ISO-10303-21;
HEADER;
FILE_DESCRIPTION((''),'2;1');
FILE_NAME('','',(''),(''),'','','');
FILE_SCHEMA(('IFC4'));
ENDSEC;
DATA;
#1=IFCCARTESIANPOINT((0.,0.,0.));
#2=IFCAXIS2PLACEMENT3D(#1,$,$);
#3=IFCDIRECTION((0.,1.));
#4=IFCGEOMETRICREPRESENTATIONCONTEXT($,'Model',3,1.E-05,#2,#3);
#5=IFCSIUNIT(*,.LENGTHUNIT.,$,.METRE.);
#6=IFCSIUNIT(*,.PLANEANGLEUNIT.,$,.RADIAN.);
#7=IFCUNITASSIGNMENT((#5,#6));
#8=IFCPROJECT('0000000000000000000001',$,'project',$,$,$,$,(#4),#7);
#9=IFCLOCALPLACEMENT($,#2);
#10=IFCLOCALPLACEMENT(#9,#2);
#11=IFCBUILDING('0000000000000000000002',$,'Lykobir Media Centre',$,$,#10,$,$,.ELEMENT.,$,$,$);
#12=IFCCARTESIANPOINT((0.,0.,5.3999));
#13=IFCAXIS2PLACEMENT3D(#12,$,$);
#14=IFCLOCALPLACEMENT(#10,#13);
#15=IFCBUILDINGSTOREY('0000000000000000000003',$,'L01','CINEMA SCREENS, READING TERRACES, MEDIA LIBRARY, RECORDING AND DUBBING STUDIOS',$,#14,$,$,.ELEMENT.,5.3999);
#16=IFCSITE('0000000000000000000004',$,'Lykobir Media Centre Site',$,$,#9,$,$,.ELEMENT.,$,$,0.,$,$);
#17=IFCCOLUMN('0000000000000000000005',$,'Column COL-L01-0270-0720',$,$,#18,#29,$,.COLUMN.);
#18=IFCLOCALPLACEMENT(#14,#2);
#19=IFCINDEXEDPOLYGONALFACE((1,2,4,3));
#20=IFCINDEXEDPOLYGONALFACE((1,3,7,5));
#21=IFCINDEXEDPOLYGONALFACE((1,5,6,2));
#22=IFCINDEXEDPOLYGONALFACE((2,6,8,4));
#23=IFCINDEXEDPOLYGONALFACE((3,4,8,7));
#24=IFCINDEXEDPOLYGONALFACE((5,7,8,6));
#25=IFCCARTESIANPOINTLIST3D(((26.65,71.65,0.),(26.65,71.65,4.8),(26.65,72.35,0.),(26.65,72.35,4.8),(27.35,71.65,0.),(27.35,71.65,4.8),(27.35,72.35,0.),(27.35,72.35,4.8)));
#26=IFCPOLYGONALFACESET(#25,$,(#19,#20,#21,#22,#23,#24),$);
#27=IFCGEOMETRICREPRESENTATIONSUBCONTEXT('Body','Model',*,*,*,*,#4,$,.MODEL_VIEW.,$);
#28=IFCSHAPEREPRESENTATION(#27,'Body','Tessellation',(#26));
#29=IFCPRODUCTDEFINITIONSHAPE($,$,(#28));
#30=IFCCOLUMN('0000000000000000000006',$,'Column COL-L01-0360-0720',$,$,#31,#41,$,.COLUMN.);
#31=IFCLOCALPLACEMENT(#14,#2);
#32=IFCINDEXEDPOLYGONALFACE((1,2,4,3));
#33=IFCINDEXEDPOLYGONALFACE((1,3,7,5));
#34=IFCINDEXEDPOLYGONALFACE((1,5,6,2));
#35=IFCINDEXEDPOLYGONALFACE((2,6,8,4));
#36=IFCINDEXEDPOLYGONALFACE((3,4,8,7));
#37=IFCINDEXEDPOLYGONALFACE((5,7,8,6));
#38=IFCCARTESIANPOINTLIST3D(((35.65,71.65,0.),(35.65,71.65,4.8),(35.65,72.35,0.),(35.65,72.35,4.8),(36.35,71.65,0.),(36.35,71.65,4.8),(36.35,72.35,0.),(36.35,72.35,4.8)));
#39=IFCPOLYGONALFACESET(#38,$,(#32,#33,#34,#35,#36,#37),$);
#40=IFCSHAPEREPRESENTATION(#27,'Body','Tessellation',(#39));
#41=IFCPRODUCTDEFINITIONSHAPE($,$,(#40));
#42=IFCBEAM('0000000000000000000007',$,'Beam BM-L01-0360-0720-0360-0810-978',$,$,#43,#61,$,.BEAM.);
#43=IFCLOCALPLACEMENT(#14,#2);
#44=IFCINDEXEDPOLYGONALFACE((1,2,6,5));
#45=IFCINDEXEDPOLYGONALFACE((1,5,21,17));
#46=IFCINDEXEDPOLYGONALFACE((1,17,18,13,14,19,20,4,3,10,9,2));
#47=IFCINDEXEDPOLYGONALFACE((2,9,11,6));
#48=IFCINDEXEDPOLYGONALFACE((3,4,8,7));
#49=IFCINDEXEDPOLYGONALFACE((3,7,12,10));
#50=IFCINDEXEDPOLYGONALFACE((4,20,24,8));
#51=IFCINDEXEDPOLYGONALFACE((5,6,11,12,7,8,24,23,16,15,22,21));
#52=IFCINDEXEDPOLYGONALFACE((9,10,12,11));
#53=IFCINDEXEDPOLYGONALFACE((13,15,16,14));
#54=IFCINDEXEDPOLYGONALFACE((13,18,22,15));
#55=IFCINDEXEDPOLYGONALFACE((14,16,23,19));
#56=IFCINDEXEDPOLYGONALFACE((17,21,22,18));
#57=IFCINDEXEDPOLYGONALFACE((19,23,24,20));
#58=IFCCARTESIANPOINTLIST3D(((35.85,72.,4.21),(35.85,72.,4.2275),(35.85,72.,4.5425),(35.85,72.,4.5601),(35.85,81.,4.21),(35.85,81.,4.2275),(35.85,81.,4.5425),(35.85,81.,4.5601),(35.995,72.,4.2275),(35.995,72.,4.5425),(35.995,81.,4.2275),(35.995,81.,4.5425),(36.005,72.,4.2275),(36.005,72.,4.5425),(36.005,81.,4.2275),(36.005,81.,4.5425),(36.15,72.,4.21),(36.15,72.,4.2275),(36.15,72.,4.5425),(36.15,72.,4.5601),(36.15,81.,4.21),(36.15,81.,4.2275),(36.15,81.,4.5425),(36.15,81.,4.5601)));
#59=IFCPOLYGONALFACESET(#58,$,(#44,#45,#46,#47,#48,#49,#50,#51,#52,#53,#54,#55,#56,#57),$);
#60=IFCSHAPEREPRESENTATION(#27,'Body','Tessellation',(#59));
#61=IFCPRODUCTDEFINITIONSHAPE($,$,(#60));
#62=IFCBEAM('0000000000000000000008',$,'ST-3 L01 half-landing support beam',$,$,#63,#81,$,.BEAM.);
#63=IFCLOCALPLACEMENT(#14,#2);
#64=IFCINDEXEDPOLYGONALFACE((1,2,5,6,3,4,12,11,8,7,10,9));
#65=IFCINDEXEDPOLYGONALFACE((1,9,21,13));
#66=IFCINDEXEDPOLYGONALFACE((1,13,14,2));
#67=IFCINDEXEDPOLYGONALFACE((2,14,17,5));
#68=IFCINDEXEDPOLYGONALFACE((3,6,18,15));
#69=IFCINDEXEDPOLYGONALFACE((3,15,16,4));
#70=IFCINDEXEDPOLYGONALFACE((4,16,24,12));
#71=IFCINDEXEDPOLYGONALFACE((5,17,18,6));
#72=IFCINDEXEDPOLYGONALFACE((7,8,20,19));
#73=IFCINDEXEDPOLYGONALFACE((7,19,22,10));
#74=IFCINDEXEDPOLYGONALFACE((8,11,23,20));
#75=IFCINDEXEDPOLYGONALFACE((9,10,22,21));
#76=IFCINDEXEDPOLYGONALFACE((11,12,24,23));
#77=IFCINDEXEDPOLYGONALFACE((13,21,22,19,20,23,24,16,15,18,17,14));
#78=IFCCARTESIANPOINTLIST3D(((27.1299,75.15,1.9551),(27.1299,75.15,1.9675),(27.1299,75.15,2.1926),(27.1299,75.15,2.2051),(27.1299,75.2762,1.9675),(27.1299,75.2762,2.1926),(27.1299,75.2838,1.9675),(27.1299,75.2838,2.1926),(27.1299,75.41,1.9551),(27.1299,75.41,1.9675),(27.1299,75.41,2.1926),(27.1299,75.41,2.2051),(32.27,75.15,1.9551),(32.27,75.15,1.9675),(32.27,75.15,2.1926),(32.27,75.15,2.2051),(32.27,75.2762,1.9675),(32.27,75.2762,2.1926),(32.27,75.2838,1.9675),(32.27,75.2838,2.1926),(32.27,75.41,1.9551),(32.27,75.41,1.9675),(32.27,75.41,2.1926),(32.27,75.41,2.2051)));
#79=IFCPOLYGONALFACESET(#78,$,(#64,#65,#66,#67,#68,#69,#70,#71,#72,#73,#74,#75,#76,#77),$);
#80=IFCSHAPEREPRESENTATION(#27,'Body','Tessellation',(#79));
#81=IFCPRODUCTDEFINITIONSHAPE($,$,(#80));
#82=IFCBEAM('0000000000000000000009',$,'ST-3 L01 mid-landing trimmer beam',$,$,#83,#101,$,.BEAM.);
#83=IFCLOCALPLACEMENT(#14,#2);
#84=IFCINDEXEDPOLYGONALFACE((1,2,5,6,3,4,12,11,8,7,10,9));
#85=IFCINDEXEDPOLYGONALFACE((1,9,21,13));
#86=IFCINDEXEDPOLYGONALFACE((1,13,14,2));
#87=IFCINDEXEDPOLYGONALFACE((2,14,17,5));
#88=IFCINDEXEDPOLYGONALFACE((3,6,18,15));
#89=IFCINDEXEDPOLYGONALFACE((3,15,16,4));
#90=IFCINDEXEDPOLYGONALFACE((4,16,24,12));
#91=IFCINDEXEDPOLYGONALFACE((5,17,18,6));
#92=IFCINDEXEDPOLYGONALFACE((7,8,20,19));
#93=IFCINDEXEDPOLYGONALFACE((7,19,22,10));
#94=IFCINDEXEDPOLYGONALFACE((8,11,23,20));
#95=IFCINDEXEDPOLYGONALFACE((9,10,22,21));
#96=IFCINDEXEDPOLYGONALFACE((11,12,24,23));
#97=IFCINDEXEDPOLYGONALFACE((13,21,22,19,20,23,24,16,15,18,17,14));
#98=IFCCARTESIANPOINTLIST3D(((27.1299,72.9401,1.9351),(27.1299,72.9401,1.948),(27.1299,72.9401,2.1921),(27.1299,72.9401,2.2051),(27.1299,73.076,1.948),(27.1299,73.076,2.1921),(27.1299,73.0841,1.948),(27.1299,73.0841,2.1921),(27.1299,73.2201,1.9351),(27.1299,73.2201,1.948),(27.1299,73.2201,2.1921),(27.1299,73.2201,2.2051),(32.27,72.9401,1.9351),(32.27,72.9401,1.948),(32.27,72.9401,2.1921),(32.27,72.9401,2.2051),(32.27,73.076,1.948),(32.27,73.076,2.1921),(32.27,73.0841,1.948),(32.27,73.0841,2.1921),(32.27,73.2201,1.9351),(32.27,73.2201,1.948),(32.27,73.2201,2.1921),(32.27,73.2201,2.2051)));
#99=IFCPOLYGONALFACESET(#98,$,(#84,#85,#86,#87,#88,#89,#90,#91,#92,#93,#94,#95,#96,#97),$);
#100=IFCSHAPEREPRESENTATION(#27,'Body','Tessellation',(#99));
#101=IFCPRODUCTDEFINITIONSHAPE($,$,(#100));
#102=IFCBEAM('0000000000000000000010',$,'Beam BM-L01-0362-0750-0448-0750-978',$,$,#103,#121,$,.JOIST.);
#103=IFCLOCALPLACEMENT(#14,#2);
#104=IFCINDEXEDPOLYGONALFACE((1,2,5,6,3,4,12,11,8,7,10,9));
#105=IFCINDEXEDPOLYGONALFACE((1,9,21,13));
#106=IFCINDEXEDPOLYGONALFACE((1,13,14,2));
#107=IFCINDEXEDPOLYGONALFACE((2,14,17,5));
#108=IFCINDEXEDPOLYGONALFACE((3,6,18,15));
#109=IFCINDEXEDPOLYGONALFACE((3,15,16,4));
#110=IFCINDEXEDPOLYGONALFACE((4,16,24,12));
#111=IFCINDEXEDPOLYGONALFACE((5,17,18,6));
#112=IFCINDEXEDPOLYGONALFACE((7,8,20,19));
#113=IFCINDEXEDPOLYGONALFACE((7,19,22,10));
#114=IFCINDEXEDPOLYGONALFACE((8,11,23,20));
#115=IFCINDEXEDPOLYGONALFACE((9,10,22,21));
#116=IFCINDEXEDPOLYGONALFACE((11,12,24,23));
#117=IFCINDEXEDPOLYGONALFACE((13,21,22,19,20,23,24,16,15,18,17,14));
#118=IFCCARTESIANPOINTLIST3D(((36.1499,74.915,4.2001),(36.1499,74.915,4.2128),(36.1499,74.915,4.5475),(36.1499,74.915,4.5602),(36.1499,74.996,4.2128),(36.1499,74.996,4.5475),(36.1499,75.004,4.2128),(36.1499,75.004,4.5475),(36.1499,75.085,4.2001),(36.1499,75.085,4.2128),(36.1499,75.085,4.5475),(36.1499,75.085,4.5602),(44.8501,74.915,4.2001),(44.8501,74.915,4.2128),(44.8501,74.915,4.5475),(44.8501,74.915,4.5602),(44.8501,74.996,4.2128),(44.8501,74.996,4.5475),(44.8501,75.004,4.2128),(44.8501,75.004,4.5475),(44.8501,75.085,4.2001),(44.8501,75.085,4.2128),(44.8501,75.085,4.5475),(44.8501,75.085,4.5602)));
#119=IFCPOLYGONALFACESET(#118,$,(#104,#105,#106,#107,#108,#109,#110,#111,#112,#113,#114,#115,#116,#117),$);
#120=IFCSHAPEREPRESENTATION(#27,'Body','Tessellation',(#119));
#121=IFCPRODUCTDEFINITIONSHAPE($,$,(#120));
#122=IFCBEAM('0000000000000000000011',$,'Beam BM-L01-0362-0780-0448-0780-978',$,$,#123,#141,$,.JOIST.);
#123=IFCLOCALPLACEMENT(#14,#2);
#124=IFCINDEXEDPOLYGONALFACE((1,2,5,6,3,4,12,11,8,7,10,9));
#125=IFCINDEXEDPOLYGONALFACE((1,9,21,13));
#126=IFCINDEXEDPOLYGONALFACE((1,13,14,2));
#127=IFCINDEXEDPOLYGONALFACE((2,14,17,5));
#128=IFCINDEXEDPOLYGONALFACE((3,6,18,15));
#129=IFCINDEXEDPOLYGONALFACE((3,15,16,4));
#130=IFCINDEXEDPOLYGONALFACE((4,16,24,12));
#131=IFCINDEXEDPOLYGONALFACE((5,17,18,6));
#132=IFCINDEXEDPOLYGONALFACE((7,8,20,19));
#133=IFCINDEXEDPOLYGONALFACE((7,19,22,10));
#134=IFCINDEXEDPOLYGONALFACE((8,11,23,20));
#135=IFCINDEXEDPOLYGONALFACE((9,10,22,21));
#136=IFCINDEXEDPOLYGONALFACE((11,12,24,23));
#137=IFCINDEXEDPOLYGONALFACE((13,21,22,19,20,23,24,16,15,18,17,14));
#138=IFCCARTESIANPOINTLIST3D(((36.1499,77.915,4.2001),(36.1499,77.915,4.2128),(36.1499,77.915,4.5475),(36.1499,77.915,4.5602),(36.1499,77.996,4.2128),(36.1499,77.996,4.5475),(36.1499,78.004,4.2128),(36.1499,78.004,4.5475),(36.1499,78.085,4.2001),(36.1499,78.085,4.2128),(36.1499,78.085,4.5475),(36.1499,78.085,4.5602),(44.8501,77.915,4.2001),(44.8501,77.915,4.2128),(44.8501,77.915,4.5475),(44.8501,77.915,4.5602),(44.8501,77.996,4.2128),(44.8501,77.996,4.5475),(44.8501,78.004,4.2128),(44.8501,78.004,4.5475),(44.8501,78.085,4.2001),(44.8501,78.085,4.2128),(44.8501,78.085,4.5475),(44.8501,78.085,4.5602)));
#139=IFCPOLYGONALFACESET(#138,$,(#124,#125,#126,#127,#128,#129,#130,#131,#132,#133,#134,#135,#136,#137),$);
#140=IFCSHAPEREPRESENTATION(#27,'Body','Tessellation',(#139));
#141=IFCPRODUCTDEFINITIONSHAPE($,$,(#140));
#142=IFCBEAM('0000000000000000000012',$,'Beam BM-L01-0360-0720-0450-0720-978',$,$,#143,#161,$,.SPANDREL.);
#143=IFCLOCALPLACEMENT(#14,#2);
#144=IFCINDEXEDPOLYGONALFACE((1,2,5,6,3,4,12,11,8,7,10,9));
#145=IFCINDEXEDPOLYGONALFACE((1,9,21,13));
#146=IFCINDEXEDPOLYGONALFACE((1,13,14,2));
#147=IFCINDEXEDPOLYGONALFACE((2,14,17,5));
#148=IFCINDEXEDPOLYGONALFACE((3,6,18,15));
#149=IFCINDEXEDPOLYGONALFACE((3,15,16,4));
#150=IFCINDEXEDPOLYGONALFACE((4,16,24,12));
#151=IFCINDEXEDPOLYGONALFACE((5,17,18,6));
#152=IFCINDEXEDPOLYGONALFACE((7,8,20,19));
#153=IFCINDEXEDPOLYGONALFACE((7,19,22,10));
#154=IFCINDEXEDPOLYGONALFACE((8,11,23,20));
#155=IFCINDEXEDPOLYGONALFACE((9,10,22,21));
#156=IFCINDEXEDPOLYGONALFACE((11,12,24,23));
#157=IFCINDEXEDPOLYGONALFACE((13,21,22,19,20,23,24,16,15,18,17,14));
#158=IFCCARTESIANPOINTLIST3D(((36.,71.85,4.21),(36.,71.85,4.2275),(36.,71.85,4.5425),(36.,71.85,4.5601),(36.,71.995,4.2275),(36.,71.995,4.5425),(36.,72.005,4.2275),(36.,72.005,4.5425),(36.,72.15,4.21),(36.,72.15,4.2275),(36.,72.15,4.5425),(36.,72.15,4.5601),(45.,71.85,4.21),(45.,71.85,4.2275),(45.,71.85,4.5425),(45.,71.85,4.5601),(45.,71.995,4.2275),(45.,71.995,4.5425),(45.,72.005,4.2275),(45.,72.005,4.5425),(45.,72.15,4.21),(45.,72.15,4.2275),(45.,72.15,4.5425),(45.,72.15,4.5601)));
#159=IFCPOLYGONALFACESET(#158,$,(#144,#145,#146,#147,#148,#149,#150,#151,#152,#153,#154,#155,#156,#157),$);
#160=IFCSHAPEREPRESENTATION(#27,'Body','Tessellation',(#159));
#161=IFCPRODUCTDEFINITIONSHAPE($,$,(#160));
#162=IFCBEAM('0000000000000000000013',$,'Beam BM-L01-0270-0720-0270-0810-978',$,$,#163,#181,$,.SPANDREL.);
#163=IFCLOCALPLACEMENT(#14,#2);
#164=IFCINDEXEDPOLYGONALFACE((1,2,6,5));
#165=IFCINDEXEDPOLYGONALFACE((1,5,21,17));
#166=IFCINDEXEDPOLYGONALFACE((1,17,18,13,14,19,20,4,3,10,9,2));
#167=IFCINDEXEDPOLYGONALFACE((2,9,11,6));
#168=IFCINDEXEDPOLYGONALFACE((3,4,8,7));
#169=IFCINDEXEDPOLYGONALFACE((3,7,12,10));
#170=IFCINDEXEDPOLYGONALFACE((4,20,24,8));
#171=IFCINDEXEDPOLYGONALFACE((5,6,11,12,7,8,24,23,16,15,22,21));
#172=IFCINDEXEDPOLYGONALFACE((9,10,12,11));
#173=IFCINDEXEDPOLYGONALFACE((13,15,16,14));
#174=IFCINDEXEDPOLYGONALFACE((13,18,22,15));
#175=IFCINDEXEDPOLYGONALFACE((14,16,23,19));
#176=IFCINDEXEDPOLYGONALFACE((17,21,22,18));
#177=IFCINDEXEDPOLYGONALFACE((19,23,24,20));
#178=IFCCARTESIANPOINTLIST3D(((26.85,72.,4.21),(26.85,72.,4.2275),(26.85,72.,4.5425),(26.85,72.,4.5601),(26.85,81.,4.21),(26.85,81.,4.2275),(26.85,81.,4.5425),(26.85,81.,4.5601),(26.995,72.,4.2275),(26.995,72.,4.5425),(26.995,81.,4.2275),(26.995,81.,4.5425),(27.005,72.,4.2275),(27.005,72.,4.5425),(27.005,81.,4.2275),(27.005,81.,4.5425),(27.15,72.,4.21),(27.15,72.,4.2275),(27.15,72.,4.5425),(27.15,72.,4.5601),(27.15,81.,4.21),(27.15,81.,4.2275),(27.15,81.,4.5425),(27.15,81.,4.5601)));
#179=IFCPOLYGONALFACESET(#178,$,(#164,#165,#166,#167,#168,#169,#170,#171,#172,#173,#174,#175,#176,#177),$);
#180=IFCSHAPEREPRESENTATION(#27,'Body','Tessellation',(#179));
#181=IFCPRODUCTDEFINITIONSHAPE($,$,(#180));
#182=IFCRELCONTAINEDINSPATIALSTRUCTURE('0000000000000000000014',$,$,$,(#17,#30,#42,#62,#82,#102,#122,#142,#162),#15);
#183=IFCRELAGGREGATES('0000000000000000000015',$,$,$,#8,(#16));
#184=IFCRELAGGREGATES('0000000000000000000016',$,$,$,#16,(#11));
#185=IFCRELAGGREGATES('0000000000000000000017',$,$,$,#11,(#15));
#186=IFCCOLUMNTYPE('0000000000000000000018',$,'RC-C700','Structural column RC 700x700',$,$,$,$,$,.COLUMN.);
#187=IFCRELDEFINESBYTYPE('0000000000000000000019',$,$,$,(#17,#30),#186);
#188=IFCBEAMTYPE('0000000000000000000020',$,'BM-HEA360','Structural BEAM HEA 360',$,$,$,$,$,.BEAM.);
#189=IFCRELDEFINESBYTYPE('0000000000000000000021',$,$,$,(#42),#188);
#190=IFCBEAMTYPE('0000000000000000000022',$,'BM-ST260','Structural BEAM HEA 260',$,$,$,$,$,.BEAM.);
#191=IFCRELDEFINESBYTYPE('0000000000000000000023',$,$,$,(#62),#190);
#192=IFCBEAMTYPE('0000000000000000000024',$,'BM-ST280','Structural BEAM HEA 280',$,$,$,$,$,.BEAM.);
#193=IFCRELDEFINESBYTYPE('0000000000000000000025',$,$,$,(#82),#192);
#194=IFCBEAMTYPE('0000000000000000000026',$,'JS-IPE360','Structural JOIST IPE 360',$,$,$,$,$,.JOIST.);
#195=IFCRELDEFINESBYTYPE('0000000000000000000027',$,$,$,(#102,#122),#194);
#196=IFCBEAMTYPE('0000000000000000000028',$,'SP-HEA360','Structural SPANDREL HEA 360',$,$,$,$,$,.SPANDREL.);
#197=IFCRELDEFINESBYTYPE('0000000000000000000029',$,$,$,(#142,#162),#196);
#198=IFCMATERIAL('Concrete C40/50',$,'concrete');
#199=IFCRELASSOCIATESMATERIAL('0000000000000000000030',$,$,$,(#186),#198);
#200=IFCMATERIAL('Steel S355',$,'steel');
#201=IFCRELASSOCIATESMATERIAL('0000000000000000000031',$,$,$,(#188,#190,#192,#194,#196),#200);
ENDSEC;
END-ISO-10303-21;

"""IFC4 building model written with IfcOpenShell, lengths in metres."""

from ifc_helpers import new_model, si_unit, direction, frame, origin, origin_2d, place, context, subcontext, project, spatial, rectangle, i_section, extrude, material, material_profile, profile_set, type_object, element, save


model = new_model("IFC4")

# Units and contexts
model_context = context("Model", 3, precision=1e-05, world=origin(), true_north=direction((0.0, 1.0)))
body_context = subcontext(model_context, "Body", "Model", "MODEL_VIEW")
ifc_project = project(units=[si_unit("LENGTHUNIT", "METRE"), si_unit("PLANEANGLEUNIT", "RADIAN")], contexts=[model_context])

# Site, building, storey
site_placement = place(None, origin())
site = spatial("IfcSite", under=ifc_project, at=site_placement, Name="Lykobir Media Centre Site", CompositionType="ELEMENT", RefElevation=0.0)
building_placement = place(site_placement, origin())
building = spatial("IfcBuilding", under=site, at=building_placement, Name="Lykobir Media Centre", CompositionType="ELEMENT")
storey_placement = place(building_placement, frame((0.0, 0.0, 5.3999)))
storey = spatial("IfcBuildingStorey", under=building, at=storey_placement, Name="L01", Description="CINEMA SCREENS, READING TERRACES, MEDIA LIBRARY, RECORDING AND DUBBING STUDIOS", CompositionType="ELEMENT", Elevation=5.3999)

# Columns
ifc_material_1 = material(Name="Concrete C40/50", Category="concrete")
ifc_material_profile_1 = material_profile(ifc_material_1, rectangle(XDim=0.7, YDim=0.7, at=origin_2d()), Name="RC 700x700")
ifc_profile_set_1 = profile_set([ifc_material_profile_1], Name="Concrete C40/50")
column_type = type_object("IfcColumnType", Name="RC-C700", Description="Structural column RC 700x700", PredefinedType="COLUMN", material=ifc_profile_set_1)
for number, where, z_axis, x_axis, name in (
    (1, (27.0, 72.0, 0.0), (0.0, 0.0, 1.0), (1.0, 0.0, 0.0), "Column COL-L01-0270-0720"),
    (2, (36.0, 72.0, 0.0), (0.0, 0.0, 1.0), (1.0, 0.0, 0.0), "Column COL-L01-0360-0720"),
):
    element("IfcColumn", number, at=place(storey_placement, frame(where, z_axis=z_axis, x_axis=x_axis)), inside=storey, type_object=column_type, Name=name, PredefinedType="COLUMN", context=body_context, shape_type="SweptSolid", body=[
        extrude(rectangle(XDim=0.7, YDim=0.7, at=origin_2d()), origin(), (0.0, 0.0, 1.0), 4.8),
    ])

# Beams
ifc_material_2 = material(Name="Steel S355", Category="steel")
ifc_material_profile_2 = material_profile(ifc_material_2, i_section(OverallWidth=0.3, OverallDepth=0.3501, WebThickness=0.01, FlangeThickness=0.0176, at=origin_2d()), Name="HEA 360")
ifc_profile_set_2 = profile_set([ifc_material_profile_2], Name="Steel S355")
beam_type_1 = type_object("IfcBeamType", Name="BM-HEA360", Description="Structural BEAM HEA 360", PredefinedType="BEAM", material=ifc_profile_set_2)
beam_1_placement = place(storey_placement, frame((36.0, 72.0, 4.385), z_axis=(0.0, 1.0, 0.0), x_axis=(-1.0, 0.0, 0.0)))
element("IfcBeam", 3, at=beam_1_placement, inside=storey, type_object=beam_type_1, Name="Beam BM-L01-0360-0720-0360-0810-978", PredefinedType="BEAM", context=body_context, shape_type="SweptSolid", body=[
    extrude(i_section(OverallWidth=0.3, OverallDepth=0.3501, WebThickness=0.01, FlangeThickness=0.0176, at=origin_2d()), origin(), (0.0, 0.0, 1.0), 9.0),
])
ifc_material_profile_3 = material_profile(ifc_material_2, i_section(OverallWidth=0.26, OverallDepth=0.25, WebThickness=0.0076, FlangeThickness=0.0125, at=origin_2d()), Name="HEA 260")
ifc_profile_set_3 = profile_set([ifc_material_profile_3], Name="Steel S355")
beam_type_2 = type_object("IfcBeamType", Name="BM-ST260", Description="Structural BEAM HEA 260", PredefinedType="BEAM", material=ifc_profile_set_3)
beam_2_placement = place(storey_placement, frame((27.1299, 75.28, 2.0801), z_axis=(1.0, 0.0, 0.0), x_axis=(0.0, 1.0, 0.0)))
element("IfcBeam", 4, at=beam_2_placement, inside=storey, type_object=beam_type_2, Name="ST-3 L01 half-landing support beam", PredefinedType="BEAM", context=body_context, shape_type="SweptSolid", body=[
    extrude(i_section(OverallWidth=0.26, OverallDepth=0.25, WebThickness=0.0076, FlangeThickness=0.0125, at=origin_2d()), origin(), (0.0, 0.0, 1.0), 5.1401),
])
ifc_material_profile_4 = material_profile(ifc_material_2, i_section(OverallWidth=0.28, OverallDepth=0.27, WebThickness=0.0081, FlangeThickness=0.0129, at=origin_2d()), Name="HEA 280")
ifc_profile_set_4 = profile_set([ifc_material_profile_4], Name="Steel S355")
beam_type_3 = type_object("IfcBeamType", Name="BM-ST280", Description="Structural BEAM HEA 280", PredefinedType="BEAM", material=ifc_profile_set_4)
beam_3_placement = place(storey_placement, frame((27.1299, 73.0801, 2.0701), z_axis=(1.0, 0.0, 0.0), x_axis=(0.0, 1.0, 0.0)))
element("IfcBeam", 5, at=beam_3_placement, inside=storey, type_object=beam_type_3, Name="ST-3 L01 mid-landing trimmer beam", PredefinedType="BEAM", context=body_context, shape_type="SweptSolid", body=[
    extrude(i_section(OverallWidth=0.28, OverallDepth=0.27, WebThickness=0.0081, FlangeThickness=0.0129, at=origin_2d()), origin(), (0.0, 0.0, 1.0), 5.1401),
])
ifc_material_profile_5 = material_profile(ifc_material_2, i_section(OverallWidth=0.1699, OverallDepth=0.3601, WebThickness=0.0081, FlangeThickness=0.0127, at=origin_2d()), Name="IPE 360")
ifc_profile_set_5 = profile_set([ifc_material_profile_5], Name="Steel S355")
beam_type_4 = type_object("IfcBeamType", Name="JS-IPE360", Description="Structural JOIST IPE 360", PredefinedType="JOIST", material=ifc_profile_set_5)
for number, where, z_axis, x_axis, name in (
    (6, (36.1499, 75.0, 4.3801), (1.0, 0.0, 0.0), (0.0, 1.0, 0.0), "Beam BM-L01-0362-0750-0448-0750-978"),
    (7, (36.1499, 78.0, 4.3801), (1.0, 0.0, 0.0), (0.0, 1.0, 0.0), "Beam BM-L01-0362-0780-0448-0780-978"),
):
    element("IfcBeam", number, at=place(storey_placement, frame(where, z_axis=z_axis, x_axis=x_axis)), inside=storey, type_object=beam_type_4, Name=name, PredefinedType="JOIST", context=body_context, shape_type="SweptSolid", body=[
        extrude(i_section(OverallWidth=0.1699, OverallDepth=0.3601, WebThickness=0.0081, FlangeThickness=0.0127, at=origin_2d()), origin(), (0.0, 0.0, 1.0), 8.7002),
    ])
ifc_material_profile_6 = material_profile(ifc_material_2, i_section(OverallWidth=0.3, OverallDepth=0.3501, WebThickness=0.01, FlangeThickness=0.0176, at=origin_2d()), Name="HEA 360")
ifc_profile_set_6 = profile_set([ifc_material_profile_6], Name="Steel S355")
beam_type_5 = type_object("IfcBeamType", Name="SP-HEA360", Description="Structural SPANDREL HEA 360", PredefinedType="SPANDREL", material=ifc_profile_set_6)
for number, where, z_axis, x_axis, name in (
    (8, (36.0, 72.0, 4.385), (1.0, 0.0, 0.0), (0.0, 1.0, 0.0), "Beam BM-L01-0360-0720-0450-0720-978"),
    (9, (27.0, 72.0, 4.385), (0.0, 1.0, 0.0), (-1.0, 0.0, 0.0), "Beam BM-L01-0270-0720-0270-0810-978"),
):
    element("IfcBeam", number, at=place(storey_placement, frame(where, z_axis=z_axis, x_axis=x_axis)), inside=storey, type_object=beam_type_5, Name=name, PredefinedType="SPANDREL", context=body_context, shape_type="SweptSolid", body=[
        extrude(i_section(OverallWidth=0.3, OverallDepth=0.3501, WebThickness=0.01, FlangeThickness=0.0176, at=origin_2d()), origin(), (0.0, 0.0, 1.0), 9.0),
    ])

save(model, "model.ifc")
